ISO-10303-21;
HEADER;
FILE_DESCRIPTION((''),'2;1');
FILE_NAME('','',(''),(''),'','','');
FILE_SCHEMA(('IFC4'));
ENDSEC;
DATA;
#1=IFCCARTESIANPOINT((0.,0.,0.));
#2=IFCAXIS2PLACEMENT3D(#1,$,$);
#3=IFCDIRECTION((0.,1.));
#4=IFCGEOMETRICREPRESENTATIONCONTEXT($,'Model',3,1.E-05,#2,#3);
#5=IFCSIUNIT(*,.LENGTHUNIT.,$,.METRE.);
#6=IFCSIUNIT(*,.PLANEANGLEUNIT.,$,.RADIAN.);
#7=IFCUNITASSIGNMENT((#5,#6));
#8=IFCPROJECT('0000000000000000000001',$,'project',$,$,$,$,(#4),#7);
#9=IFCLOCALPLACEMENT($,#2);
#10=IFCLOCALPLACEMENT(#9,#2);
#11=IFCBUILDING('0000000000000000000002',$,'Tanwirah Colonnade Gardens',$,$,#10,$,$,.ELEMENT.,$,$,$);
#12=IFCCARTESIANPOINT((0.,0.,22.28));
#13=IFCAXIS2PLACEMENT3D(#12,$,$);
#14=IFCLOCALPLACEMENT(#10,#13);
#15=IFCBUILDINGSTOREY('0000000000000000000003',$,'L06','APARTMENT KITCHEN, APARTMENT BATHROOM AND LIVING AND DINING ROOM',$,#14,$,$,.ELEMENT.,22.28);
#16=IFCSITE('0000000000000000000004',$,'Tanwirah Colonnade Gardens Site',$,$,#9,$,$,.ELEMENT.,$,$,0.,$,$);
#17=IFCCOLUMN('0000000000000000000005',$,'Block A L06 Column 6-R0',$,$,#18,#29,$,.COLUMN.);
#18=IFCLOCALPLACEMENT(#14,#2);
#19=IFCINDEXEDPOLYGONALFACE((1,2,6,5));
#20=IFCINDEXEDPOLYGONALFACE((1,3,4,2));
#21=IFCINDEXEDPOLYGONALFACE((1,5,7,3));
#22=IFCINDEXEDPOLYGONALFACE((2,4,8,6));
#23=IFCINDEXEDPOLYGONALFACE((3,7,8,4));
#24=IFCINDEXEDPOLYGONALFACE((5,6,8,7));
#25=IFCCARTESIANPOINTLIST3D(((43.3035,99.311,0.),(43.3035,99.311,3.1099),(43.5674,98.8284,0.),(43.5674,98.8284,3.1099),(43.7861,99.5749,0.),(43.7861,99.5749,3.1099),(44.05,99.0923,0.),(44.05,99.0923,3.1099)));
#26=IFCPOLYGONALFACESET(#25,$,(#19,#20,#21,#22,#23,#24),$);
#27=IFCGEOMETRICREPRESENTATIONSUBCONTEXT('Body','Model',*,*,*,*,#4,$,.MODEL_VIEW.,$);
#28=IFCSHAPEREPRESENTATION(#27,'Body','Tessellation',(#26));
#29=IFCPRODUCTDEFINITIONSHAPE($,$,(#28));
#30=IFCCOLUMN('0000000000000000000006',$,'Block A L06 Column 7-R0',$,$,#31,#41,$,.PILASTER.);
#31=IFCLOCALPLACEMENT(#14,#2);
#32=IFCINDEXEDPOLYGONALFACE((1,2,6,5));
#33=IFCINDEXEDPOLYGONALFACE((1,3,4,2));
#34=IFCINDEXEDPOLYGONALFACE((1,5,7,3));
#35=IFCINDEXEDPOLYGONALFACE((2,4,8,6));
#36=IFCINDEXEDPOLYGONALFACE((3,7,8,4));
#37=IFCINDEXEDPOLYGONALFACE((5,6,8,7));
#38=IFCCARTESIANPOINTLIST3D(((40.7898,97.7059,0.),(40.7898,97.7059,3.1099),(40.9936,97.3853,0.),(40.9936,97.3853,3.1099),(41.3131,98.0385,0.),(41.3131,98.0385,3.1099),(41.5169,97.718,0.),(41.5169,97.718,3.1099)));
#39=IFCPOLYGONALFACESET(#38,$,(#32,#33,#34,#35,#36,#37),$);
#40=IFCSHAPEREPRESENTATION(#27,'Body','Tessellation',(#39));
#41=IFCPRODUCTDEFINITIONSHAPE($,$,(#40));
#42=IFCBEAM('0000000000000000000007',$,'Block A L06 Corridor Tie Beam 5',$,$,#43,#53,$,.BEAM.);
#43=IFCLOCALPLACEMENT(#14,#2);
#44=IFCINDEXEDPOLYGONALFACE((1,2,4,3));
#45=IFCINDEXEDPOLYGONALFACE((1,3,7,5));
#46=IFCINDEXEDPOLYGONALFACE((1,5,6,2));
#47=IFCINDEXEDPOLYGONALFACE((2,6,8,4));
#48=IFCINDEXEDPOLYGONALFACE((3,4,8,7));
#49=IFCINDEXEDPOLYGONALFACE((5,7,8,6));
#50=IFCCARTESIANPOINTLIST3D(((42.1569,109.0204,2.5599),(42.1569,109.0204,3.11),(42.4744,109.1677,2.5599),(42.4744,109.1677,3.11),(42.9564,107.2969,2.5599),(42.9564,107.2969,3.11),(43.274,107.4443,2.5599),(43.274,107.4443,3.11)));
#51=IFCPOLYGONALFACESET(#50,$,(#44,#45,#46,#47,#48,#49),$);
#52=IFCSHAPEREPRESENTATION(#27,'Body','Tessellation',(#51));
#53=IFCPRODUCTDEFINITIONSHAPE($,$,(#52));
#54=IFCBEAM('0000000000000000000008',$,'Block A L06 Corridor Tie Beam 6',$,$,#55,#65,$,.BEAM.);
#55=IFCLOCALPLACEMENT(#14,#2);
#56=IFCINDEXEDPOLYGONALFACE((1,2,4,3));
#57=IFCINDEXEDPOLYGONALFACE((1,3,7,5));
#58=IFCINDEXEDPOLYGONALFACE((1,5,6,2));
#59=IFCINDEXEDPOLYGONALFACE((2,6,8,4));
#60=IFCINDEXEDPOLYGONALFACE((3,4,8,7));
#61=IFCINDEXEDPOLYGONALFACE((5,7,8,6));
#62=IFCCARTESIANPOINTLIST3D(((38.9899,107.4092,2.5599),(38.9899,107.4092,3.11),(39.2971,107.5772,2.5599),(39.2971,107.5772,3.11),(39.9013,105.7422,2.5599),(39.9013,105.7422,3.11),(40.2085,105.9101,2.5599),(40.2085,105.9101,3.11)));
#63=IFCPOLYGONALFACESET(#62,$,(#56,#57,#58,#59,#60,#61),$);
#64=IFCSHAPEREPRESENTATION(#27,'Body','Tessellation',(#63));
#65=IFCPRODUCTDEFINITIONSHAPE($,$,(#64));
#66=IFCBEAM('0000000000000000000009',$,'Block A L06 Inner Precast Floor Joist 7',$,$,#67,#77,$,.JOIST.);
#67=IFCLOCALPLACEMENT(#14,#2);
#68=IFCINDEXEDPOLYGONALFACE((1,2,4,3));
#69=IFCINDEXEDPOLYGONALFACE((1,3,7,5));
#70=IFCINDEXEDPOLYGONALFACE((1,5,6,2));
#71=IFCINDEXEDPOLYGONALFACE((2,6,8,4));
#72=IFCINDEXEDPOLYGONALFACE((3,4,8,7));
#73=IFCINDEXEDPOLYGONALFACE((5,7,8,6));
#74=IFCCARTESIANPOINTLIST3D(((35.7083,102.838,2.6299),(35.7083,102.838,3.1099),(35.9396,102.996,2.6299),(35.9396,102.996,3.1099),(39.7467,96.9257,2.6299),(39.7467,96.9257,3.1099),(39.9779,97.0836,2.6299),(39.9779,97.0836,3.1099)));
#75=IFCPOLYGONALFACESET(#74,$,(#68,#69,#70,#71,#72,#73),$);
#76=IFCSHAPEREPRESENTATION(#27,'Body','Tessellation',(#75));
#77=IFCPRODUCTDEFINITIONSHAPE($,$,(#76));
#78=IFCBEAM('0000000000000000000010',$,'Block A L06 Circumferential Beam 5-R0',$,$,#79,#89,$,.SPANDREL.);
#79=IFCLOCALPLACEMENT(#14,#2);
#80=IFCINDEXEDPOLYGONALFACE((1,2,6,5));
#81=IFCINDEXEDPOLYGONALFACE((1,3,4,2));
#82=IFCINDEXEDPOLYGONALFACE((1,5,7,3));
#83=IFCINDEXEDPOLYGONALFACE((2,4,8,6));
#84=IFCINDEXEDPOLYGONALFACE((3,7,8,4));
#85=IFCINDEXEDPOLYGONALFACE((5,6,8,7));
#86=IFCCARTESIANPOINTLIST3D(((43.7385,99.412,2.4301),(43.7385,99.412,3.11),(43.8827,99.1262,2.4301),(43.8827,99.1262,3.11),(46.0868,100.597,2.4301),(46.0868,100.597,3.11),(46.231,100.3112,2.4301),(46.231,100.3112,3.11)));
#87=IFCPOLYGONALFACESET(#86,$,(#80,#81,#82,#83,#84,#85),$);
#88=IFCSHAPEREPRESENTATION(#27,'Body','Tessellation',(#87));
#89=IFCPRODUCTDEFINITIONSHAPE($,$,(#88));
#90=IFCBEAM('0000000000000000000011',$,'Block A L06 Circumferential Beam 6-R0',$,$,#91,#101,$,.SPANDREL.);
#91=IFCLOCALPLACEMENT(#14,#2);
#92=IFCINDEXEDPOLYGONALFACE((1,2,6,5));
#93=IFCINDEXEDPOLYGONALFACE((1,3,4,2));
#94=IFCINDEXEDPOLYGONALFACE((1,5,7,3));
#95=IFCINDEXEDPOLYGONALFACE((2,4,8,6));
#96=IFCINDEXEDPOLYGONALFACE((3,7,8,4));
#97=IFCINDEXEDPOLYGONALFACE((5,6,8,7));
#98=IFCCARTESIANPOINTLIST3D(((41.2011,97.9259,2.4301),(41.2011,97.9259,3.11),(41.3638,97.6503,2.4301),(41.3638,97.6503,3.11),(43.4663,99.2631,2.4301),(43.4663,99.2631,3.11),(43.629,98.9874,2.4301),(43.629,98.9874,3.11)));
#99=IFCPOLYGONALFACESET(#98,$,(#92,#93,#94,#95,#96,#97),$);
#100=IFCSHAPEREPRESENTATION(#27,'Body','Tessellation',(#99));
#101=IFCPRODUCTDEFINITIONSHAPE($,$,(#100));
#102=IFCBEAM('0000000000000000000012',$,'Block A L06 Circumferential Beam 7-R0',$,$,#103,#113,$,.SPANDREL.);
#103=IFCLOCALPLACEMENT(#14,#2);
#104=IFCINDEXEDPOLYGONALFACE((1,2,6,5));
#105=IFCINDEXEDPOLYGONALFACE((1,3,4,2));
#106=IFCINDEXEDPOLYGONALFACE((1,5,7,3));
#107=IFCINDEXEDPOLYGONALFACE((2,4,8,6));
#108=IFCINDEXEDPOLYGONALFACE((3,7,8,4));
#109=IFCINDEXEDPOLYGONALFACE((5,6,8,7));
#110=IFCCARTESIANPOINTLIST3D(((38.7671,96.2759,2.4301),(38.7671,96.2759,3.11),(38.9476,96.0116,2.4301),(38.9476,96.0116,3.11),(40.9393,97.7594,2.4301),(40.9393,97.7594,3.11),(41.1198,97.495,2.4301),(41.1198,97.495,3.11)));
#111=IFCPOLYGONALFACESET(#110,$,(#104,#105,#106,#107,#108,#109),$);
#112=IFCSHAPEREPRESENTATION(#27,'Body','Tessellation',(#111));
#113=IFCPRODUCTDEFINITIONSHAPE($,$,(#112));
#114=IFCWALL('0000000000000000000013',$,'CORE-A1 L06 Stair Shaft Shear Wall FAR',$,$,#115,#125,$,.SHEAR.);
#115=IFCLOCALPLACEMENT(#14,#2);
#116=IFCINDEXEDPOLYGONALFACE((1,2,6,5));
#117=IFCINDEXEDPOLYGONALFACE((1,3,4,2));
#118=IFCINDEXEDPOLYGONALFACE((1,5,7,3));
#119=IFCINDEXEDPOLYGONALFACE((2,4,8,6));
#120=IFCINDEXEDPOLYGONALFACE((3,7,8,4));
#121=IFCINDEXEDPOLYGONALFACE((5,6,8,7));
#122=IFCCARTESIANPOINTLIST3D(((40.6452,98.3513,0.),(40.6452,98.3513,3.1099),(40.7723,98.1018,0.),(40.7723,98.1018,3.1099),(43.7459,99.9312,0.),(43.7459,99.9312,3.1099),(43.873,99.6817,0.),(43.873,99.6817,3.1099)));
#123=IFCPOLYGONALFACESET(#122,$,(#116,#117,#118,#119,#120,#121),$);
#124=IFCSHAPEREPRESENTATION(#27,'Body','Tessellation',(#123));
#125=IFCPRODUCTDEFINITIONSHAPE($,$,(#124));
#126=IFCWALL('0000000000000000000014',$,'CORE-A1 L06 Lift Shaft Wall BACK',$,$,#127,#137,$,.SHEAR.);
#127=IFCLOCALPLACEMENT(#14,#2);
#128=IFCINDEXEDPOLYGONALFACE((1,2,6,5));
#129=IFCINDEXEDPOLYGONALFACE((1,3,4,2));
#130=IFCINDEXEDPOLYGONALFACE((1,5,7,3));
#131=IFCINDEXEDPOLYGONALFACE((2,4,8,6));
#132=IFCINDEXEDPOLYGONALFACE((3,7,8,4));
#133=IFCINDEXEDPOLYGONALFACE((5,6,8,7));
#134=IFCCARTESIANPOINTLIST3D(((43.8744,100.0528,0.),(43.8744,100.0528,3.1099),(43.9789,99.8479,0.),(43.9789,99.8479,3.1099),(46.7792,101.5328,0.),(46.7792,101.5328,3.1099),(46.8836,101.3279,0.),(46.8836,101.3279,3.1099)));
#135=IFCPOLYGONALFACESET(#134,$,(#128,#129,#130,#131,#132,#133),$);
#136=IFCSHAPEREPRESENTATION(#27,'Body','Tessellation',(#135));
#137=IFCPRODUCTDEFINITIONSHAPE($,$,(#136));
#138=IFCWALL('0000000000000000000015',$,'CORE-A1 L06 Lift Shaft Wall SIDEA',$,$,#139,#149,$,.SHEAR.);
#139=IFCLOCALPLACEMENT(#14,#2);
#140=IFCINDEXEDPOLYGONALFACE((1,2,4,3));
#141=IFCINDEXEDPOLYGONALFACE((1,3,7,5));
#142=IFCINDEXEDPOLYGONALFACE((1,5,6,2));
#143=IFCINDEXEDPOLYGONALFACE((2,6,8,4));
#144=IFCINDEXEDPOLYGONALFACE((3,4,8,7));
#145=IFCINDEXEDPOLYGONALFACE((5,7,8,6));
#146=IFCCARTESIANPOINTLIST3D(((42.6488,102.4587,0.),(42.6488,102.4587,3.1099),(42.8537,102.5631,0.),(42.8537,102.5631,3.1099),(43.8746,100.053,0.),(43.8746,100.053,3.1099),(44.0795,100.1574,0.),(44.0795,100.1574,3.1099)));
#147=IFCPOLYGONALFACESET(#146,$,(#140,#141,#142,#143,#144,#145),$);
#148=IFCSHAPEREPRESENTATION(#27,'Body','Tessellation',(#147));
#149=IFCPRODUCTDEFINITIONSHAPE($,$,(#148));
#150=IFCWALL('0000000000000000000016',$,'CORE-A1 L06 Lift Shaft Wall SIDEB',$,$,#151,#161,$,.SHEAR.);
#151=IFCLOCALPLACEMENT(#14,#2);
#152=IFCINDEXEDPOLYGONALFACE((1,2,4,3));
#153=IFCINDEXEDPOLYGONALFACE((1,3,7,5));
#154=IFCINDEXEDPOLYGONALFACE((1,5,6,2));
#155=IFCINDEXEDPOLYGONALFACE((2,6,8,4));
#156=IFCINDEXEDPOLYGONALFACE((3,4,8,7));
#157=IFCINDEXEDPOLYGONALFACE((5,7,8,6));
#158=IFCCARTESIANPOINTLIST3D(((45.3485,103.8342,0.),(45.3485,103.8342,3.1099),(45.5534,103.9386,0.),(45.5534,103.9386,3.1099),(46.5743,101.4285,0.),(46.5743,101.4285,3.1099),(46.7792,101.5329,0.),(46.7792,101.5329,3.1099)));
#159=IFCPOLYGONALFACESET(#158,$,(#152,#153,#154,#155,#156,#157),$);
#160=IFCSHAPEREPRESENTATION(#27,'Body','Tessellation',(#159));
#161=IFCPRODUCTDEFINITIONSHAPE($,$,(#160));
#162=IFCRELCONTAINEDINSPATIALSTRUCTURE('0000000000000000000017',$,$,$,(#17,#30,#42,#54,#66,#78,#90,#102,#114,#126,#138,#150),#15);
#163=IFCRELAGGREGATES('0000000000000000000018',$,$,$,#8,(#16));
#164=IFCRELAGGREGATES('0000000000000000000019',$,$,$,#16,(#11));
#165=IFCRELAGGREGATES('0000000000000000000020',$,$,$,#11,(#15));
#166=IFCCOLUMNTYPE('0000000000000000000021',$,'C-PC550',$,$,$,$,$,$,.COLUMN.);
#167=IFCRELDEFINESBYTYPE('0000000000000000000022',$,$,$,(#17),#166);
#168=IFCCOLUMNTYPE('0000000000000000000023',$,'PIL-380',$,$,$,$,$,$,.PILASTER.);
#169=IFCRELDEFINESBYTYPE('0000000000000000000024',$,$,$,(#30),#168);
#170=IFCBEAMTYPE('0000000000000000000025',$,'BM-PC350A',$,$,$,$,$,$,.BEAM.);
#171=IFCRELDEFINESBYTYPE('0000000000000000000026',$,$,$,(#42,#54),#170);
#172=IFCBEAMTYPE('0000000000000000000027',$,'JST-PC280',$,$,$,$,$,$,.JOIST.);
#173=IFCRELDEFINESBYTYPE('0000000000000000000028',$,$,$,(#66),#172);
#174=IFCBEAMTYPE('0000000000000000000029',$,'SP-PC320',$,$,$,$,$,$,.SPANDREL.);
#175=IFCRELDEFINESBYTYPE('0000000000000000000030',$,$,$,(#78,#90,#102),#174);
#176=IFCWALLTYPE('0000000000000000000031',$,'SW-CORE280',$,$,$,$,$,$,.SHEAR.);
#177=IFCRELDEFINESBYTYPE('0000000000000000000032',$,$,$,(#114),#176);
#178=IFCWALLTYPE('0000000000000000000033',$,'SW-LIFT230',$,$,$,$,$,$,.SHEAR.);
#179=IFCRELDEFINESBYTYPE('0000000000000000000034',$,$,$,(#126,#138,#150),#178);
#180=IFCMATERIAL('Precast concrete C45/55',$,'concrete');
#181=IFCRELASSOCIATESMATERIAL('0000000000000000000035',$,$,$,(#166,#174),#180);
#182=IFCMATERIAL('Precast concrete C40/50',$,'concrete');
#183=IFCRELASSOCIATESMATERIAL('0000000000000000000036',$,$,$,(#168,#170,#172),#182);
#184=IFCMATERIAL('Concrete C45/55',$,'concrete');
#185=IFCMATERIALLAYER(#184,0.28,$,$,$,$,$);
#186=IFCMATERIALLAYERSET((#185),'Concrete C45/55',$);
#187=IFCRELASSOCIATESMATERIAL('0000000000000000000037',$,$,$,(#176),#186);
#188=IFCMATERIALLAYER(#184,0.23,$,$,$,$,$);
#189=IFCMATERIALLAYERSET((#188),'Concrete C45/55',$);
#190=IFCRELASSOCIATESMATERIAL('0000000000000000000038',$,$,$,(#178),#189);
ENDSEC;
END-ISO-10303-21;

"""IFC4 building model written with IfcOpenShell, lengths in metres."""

from ifc_helpers import new_model, si_unit, direction, frame, frame_2d, origin, origin_2d, place, context, subcontext, project, spatial, rectangle, extrude, material, layer, layer_set, material_profile, profile_set, type_object, element, save


model = new_model("IFC4")

# Units and contexts
model_context = context("Model", 3, precision=1e-05, world=origin(), true_north=direction((0.0, 1.0)))
body_context = subcontext(model_context, "Body", "Model", "MODEL_VIEW")
ifc_project = project(units=[si_unit("LENGTHUNIT", "METRE"), si_unit("PLANEANGLEUNIT", "RADIAN")], contexts=[model_context])

# Site, building, storey
site_placement = place(None, origin())
site = spatial("IfcSite", under=ifc_project, at=site_placement, Name="Tanwirah Colonnade Gardens Site", CompositionType="ELEMENT", RefElevation=0.0)
building_placement = place(site_placement, origin())
building = spatial("IfcBuilding", under=site, at=building_placement, Name="Tanwirah Colonnade Gardens", CompositionType="ELEMENT")
storey_placement = place(building_placement, frame((0.0, 0.0, 22.28)))
storey = spatial("IfcBuildingStorey", under=building, at=storey_placement, Name="L06", Description="APARTMENT KITCHEN, APARTMENT BATHROOM AND LIVING AND DINING ROOM", CompositionType="ELEMENT", Elevation=22.28)

# Columns
ifc_material_1 = material(Name="Precast concrete C45/55", Category="concrete")
ifc_material_profile_1 = material_profile(ifc_material_1, rectangle(XDim=0.55, YDim=0.55, at=origin_2d()), Name="PC-COL 550x550")
ifc_profile_set_1 = profile_set([ifc_material_profile_1], Name="Precast concrete C45/55")
column_type_1 = type_object("IfcColumnType", Name="C-PC550", PredefinedType="COLUMN", material=ifc_profile_set_1)
column_1_placement = place(storey_placement, frame((43.6768, 99.2017, 0.0), z_axis=(0.0, 0.0, 1.0), x_axis=(-0.479713, 0.877425, 0.0)))
element("IfcColumn", 1, at=column_1_placement, inside=storey, type_object=column_type_1, Name="Block A L06 Column 6-R0", PredefinedType="COLUMN", context=body_context, shape_type="SweptSolid", body=[
    extrude(rectangle(XDim=0.55, YDim=0.55, at=origin_2d()), origin(), (0.0, 0.0, 1.0), 3.1099),
])
ifc_material_2 = material(Name="Precast concrete C40/50", Category="concrete")
ifc_material_profile_2 = material_profile(ifc_material_2, rectangle(XDim=0.3799, YDim=0.6201, at=origin_2d()), Name="PC-PIL 380x620")
ifc_profile_set_2 = profile_set([ifc_material_profile_2], Name="Precast concrete C40/50")
column_type_2 = type_object("IfcColumnType", Name="PIL-380", PredefinedType="PILASTER", material=ifc_profile_set_2)
column_2_placement = place(storey_placement, frame((41.1533, 97.7119, 0.0), z_axis=(0.0, 0.0, 1.0), x_axis=(-0.536482, 0.843912, 0.0)))
element("IfcColumn", 2, at=column_2_placement, inside=storey, type_object=column_type_2, Name="Block A L06 Column 7-R0", PredefinedType="PILASTER", context=body_context, shape_type="SweptSolid", body=[
    extrude(rectangle(XDim=0.3799, YDim=0.6201, at=origin_2d()), origin(), (0.0, 0.0, 1.0), 3.1099),
])

# Beams
ifc_material_profile_3 = material_profile(ifc_material_2, rectangle(XDim=0.3501, YDim=0.55, at=origin_2d()), Name="PC-BM 350x550")
ifc_profile_set_3 = profile_set([ifc_material_profile_3], Name="Precast concrete C40/50")
beam_type_1 = type_object("IfcBeamType", Name="BM-PC350A", PredefinedType="BEAM", material=ifc_profile_set_3)
for number, where, z_axis, x_axis, name in (
    (3, (43.1152, 107.3706, 2.835), (-0.420858, 0.907126, 0.0), (-0.907126, -0.420858, 0.0), "Block A L06 Corridor Tie Beam 5"),
    (4, (40.0549, 105.8262, 2.835), (-0.479707, 0.877429, 0.0), (-0.877429, -0.479707, 0.0), "Block A L06 Corridor Tie Beam 6"),
):
    element("IfcBeam", number, at=place(storey_placement, frame(where, z_axis=z_axis, x_axis=x_axis)), inside=storey, type_object=beam_type_1, Name=name, PredefinedType="BEAM", context=body_context, shape_type="SweptSolid", body=[
        extrude(rectangle(XDim=0.3501, YDim=0.55, at=origin_2d()), origin(), (0.0, 0.0, 1.0), 1.8999),
    ])
ifc_material_profile_4 = material_profile(ifc_material_2, rectangle(XDim=0.28, YDim=0.48, at=origin_2d()), Name="PC-JST 280x480")
ifc_profile_set_4 = profile_set([ifc_material_profile_4], Name="Precast concrete C40/50")
beam_type_2 = type_object("IfcBeamType", Name="JST-PC280", PredefinedType="JOIST", material=ifc_profile_set_4)
beam_placement = place(storey_placement, frame((39.8623, 97.0046, 2.8699), z_axis=(-0.564021, 0.82576, 0.0), x_axis=(-0.82576, -0.564021, 0.0)))
element("IfcBeam", 5, at=beam_placement, inside=storey, type_object=beam_type_2, Name="Block A L06 Inner Precast Floor Joist 7", PredefinedType="JOIST", context=body_context, shape_type="SweptSolid", body=[
    extrude(rectangle(XDim=0.28, YDim=0.48, at=origin_2d()), origin(), (0.0, 0.0, 1.0), 7.1599),
])
ifc_material_profile_5 = material_profile(ifc_material_1, rectangle(XDim=0.3201, YDim=0.6799, at=origin_2d()), Name="PC-SP 320x680")
ifc_profile_set_5 = profile_set([ifc_material_profile_5], Name="Precast concrete C45/55")
beam_type_3 = type_object("IfcBeamType", Name="SP-PC320", PredefinedType="SPANDREL", material=ifc_profile_set_5)
for number, where, z_axis, x_axis, name in (
    (6, (46.1589, 100.4541, 2.77), (-0.892769, -0.450515, 0.0), (0.450515, -0.892769, 0.0), "Block A L06 Circumferential Beam 5-R0"),
    (7, (43.5476, 99.1252, 2.77), (-0.861148, -0.508354, 0.0), (0.508354, -0.861148, 0.0), "Block A L06 Circumferential Beam 6-R0"),
    (8, (41.0295, 97.6272, 2.77), (-0.825801, -0.563962, 0.0), (0.563962, -0.825801, 0.0), "Block A L06 Circumferential Beam 7-R0"),
):
    element("IfcBeam", number, at=place(storey_placement, frame(where, z_axis=z_axis, x_axis=x_axis)), inside=storey, type_object=beam_type_3, Name=name, PredefinedType="SPANDREL", context=body_context, shape_type="SweptSolid", body=[
        extrude(rectangle(XDim=0.3201, YDim=0.6799, at=origin_2d()), origin(), (0.0, 0.0, 1.0), 2.6304),
    ])

# Wall
ifc_material_3 = material(Name="Concrete C45/55", Category="concrete")
ifc_layer_1 = layer(ifc_material_3, 0.28)
ifc_layer_set_1 = layer_set([ifc_layer_1], Name="Concrete C45/55")
wall_type_1 = type_object("IfcWallType", Name="SW-CORE280", PredefinedType="SHEAR", material=ifc_layer_set_1)
wall_1_placement = place(storey_placement, frame((40.7087, 98.2266, 0.0), z_axis=(0.0, 0.0, 1.0), x_axis=(0.891006, 0.453992, 0.0)))
element("IfcWall", 9, at=wall_1_placement, inside=storey, type_object=wall_type_1, Name="CORE-A1 L06 Stair Shaft Shear Wall FAR", PredefinedType="SHEAR", context=body_context, shape_type="SweptSolid", body=[
    extrude(rectangle(XDim=3.48, YDim=0.28, at=frame_2d((1.74, 0.0))), origin(), (0.0, 0.0, 1.0), 3.1099),
])

# Shared definitions
ifc_layer_2 = layer(ifc_material_3, 0.23)
ifc_layer_set_2 = layer_set([ifc_layer_2], Name="Concrete C45/55")
wall_type_2 = type_object("IfcWallType", Name="SW-LIFT230", PredefinedType="SHEAR", material=ifc_layer_set_2)

# Walls
wall_2_placement = place(storey_placement, frame((43.9268, 99.9504, 0.0), z_axis=(0.0, 0.0, 1.0), x_axis=(0.891017, 0.453971, 0.0)))
element("IfcWall", 10, at=wall_2_placement, inside=storey, type_object=wall_type_2, Name="CORE-A1 L06 Lift Shaft Wall BACK", PredefinedType="SHEAR", context=body_context, shape_type="SweptSolid", body=[
    extrude(rectangle(XDim=3.26, YDim=0.23, at=frame_2d((1.6299, 0.0))), origin(), (0.0, 0.0, 1.0), 3.1099),
])
for number, where, z_axis, x_axis, name in (
    (11, (42.7512, 102.511, 0.0), (0.0, 0.0, 1.0), (0.454, -0.891002, 0.0), "CORE-A1 L06 Lift Shaft Wall SIDEA"),
    (12, (45.4509, 103.8865, 0.0), (0.0, 0.0, 1.0), (0.454, -0.891002, 0.0), "CORE-A1 L06 Lift Shaft Wall SIDEB"),
):
    element("IfcWall", number, at=place(storey_placement, frame(where, z_axis=z_axis, x_axis=x_axis)), inside=storey, type_object=wall_type_2, Name=name, PredefinedType="SHEAR", context=body_context, shape_type="SweptSolid", body=[
        extrude(rectangle(XDim=2.7, YDim=0.23, at=frame_2d((1.3501, 0.0))), origin(), (0.0, 0.0, 1.0), 3.1099),
    ])

save(model, "model.ifc")
